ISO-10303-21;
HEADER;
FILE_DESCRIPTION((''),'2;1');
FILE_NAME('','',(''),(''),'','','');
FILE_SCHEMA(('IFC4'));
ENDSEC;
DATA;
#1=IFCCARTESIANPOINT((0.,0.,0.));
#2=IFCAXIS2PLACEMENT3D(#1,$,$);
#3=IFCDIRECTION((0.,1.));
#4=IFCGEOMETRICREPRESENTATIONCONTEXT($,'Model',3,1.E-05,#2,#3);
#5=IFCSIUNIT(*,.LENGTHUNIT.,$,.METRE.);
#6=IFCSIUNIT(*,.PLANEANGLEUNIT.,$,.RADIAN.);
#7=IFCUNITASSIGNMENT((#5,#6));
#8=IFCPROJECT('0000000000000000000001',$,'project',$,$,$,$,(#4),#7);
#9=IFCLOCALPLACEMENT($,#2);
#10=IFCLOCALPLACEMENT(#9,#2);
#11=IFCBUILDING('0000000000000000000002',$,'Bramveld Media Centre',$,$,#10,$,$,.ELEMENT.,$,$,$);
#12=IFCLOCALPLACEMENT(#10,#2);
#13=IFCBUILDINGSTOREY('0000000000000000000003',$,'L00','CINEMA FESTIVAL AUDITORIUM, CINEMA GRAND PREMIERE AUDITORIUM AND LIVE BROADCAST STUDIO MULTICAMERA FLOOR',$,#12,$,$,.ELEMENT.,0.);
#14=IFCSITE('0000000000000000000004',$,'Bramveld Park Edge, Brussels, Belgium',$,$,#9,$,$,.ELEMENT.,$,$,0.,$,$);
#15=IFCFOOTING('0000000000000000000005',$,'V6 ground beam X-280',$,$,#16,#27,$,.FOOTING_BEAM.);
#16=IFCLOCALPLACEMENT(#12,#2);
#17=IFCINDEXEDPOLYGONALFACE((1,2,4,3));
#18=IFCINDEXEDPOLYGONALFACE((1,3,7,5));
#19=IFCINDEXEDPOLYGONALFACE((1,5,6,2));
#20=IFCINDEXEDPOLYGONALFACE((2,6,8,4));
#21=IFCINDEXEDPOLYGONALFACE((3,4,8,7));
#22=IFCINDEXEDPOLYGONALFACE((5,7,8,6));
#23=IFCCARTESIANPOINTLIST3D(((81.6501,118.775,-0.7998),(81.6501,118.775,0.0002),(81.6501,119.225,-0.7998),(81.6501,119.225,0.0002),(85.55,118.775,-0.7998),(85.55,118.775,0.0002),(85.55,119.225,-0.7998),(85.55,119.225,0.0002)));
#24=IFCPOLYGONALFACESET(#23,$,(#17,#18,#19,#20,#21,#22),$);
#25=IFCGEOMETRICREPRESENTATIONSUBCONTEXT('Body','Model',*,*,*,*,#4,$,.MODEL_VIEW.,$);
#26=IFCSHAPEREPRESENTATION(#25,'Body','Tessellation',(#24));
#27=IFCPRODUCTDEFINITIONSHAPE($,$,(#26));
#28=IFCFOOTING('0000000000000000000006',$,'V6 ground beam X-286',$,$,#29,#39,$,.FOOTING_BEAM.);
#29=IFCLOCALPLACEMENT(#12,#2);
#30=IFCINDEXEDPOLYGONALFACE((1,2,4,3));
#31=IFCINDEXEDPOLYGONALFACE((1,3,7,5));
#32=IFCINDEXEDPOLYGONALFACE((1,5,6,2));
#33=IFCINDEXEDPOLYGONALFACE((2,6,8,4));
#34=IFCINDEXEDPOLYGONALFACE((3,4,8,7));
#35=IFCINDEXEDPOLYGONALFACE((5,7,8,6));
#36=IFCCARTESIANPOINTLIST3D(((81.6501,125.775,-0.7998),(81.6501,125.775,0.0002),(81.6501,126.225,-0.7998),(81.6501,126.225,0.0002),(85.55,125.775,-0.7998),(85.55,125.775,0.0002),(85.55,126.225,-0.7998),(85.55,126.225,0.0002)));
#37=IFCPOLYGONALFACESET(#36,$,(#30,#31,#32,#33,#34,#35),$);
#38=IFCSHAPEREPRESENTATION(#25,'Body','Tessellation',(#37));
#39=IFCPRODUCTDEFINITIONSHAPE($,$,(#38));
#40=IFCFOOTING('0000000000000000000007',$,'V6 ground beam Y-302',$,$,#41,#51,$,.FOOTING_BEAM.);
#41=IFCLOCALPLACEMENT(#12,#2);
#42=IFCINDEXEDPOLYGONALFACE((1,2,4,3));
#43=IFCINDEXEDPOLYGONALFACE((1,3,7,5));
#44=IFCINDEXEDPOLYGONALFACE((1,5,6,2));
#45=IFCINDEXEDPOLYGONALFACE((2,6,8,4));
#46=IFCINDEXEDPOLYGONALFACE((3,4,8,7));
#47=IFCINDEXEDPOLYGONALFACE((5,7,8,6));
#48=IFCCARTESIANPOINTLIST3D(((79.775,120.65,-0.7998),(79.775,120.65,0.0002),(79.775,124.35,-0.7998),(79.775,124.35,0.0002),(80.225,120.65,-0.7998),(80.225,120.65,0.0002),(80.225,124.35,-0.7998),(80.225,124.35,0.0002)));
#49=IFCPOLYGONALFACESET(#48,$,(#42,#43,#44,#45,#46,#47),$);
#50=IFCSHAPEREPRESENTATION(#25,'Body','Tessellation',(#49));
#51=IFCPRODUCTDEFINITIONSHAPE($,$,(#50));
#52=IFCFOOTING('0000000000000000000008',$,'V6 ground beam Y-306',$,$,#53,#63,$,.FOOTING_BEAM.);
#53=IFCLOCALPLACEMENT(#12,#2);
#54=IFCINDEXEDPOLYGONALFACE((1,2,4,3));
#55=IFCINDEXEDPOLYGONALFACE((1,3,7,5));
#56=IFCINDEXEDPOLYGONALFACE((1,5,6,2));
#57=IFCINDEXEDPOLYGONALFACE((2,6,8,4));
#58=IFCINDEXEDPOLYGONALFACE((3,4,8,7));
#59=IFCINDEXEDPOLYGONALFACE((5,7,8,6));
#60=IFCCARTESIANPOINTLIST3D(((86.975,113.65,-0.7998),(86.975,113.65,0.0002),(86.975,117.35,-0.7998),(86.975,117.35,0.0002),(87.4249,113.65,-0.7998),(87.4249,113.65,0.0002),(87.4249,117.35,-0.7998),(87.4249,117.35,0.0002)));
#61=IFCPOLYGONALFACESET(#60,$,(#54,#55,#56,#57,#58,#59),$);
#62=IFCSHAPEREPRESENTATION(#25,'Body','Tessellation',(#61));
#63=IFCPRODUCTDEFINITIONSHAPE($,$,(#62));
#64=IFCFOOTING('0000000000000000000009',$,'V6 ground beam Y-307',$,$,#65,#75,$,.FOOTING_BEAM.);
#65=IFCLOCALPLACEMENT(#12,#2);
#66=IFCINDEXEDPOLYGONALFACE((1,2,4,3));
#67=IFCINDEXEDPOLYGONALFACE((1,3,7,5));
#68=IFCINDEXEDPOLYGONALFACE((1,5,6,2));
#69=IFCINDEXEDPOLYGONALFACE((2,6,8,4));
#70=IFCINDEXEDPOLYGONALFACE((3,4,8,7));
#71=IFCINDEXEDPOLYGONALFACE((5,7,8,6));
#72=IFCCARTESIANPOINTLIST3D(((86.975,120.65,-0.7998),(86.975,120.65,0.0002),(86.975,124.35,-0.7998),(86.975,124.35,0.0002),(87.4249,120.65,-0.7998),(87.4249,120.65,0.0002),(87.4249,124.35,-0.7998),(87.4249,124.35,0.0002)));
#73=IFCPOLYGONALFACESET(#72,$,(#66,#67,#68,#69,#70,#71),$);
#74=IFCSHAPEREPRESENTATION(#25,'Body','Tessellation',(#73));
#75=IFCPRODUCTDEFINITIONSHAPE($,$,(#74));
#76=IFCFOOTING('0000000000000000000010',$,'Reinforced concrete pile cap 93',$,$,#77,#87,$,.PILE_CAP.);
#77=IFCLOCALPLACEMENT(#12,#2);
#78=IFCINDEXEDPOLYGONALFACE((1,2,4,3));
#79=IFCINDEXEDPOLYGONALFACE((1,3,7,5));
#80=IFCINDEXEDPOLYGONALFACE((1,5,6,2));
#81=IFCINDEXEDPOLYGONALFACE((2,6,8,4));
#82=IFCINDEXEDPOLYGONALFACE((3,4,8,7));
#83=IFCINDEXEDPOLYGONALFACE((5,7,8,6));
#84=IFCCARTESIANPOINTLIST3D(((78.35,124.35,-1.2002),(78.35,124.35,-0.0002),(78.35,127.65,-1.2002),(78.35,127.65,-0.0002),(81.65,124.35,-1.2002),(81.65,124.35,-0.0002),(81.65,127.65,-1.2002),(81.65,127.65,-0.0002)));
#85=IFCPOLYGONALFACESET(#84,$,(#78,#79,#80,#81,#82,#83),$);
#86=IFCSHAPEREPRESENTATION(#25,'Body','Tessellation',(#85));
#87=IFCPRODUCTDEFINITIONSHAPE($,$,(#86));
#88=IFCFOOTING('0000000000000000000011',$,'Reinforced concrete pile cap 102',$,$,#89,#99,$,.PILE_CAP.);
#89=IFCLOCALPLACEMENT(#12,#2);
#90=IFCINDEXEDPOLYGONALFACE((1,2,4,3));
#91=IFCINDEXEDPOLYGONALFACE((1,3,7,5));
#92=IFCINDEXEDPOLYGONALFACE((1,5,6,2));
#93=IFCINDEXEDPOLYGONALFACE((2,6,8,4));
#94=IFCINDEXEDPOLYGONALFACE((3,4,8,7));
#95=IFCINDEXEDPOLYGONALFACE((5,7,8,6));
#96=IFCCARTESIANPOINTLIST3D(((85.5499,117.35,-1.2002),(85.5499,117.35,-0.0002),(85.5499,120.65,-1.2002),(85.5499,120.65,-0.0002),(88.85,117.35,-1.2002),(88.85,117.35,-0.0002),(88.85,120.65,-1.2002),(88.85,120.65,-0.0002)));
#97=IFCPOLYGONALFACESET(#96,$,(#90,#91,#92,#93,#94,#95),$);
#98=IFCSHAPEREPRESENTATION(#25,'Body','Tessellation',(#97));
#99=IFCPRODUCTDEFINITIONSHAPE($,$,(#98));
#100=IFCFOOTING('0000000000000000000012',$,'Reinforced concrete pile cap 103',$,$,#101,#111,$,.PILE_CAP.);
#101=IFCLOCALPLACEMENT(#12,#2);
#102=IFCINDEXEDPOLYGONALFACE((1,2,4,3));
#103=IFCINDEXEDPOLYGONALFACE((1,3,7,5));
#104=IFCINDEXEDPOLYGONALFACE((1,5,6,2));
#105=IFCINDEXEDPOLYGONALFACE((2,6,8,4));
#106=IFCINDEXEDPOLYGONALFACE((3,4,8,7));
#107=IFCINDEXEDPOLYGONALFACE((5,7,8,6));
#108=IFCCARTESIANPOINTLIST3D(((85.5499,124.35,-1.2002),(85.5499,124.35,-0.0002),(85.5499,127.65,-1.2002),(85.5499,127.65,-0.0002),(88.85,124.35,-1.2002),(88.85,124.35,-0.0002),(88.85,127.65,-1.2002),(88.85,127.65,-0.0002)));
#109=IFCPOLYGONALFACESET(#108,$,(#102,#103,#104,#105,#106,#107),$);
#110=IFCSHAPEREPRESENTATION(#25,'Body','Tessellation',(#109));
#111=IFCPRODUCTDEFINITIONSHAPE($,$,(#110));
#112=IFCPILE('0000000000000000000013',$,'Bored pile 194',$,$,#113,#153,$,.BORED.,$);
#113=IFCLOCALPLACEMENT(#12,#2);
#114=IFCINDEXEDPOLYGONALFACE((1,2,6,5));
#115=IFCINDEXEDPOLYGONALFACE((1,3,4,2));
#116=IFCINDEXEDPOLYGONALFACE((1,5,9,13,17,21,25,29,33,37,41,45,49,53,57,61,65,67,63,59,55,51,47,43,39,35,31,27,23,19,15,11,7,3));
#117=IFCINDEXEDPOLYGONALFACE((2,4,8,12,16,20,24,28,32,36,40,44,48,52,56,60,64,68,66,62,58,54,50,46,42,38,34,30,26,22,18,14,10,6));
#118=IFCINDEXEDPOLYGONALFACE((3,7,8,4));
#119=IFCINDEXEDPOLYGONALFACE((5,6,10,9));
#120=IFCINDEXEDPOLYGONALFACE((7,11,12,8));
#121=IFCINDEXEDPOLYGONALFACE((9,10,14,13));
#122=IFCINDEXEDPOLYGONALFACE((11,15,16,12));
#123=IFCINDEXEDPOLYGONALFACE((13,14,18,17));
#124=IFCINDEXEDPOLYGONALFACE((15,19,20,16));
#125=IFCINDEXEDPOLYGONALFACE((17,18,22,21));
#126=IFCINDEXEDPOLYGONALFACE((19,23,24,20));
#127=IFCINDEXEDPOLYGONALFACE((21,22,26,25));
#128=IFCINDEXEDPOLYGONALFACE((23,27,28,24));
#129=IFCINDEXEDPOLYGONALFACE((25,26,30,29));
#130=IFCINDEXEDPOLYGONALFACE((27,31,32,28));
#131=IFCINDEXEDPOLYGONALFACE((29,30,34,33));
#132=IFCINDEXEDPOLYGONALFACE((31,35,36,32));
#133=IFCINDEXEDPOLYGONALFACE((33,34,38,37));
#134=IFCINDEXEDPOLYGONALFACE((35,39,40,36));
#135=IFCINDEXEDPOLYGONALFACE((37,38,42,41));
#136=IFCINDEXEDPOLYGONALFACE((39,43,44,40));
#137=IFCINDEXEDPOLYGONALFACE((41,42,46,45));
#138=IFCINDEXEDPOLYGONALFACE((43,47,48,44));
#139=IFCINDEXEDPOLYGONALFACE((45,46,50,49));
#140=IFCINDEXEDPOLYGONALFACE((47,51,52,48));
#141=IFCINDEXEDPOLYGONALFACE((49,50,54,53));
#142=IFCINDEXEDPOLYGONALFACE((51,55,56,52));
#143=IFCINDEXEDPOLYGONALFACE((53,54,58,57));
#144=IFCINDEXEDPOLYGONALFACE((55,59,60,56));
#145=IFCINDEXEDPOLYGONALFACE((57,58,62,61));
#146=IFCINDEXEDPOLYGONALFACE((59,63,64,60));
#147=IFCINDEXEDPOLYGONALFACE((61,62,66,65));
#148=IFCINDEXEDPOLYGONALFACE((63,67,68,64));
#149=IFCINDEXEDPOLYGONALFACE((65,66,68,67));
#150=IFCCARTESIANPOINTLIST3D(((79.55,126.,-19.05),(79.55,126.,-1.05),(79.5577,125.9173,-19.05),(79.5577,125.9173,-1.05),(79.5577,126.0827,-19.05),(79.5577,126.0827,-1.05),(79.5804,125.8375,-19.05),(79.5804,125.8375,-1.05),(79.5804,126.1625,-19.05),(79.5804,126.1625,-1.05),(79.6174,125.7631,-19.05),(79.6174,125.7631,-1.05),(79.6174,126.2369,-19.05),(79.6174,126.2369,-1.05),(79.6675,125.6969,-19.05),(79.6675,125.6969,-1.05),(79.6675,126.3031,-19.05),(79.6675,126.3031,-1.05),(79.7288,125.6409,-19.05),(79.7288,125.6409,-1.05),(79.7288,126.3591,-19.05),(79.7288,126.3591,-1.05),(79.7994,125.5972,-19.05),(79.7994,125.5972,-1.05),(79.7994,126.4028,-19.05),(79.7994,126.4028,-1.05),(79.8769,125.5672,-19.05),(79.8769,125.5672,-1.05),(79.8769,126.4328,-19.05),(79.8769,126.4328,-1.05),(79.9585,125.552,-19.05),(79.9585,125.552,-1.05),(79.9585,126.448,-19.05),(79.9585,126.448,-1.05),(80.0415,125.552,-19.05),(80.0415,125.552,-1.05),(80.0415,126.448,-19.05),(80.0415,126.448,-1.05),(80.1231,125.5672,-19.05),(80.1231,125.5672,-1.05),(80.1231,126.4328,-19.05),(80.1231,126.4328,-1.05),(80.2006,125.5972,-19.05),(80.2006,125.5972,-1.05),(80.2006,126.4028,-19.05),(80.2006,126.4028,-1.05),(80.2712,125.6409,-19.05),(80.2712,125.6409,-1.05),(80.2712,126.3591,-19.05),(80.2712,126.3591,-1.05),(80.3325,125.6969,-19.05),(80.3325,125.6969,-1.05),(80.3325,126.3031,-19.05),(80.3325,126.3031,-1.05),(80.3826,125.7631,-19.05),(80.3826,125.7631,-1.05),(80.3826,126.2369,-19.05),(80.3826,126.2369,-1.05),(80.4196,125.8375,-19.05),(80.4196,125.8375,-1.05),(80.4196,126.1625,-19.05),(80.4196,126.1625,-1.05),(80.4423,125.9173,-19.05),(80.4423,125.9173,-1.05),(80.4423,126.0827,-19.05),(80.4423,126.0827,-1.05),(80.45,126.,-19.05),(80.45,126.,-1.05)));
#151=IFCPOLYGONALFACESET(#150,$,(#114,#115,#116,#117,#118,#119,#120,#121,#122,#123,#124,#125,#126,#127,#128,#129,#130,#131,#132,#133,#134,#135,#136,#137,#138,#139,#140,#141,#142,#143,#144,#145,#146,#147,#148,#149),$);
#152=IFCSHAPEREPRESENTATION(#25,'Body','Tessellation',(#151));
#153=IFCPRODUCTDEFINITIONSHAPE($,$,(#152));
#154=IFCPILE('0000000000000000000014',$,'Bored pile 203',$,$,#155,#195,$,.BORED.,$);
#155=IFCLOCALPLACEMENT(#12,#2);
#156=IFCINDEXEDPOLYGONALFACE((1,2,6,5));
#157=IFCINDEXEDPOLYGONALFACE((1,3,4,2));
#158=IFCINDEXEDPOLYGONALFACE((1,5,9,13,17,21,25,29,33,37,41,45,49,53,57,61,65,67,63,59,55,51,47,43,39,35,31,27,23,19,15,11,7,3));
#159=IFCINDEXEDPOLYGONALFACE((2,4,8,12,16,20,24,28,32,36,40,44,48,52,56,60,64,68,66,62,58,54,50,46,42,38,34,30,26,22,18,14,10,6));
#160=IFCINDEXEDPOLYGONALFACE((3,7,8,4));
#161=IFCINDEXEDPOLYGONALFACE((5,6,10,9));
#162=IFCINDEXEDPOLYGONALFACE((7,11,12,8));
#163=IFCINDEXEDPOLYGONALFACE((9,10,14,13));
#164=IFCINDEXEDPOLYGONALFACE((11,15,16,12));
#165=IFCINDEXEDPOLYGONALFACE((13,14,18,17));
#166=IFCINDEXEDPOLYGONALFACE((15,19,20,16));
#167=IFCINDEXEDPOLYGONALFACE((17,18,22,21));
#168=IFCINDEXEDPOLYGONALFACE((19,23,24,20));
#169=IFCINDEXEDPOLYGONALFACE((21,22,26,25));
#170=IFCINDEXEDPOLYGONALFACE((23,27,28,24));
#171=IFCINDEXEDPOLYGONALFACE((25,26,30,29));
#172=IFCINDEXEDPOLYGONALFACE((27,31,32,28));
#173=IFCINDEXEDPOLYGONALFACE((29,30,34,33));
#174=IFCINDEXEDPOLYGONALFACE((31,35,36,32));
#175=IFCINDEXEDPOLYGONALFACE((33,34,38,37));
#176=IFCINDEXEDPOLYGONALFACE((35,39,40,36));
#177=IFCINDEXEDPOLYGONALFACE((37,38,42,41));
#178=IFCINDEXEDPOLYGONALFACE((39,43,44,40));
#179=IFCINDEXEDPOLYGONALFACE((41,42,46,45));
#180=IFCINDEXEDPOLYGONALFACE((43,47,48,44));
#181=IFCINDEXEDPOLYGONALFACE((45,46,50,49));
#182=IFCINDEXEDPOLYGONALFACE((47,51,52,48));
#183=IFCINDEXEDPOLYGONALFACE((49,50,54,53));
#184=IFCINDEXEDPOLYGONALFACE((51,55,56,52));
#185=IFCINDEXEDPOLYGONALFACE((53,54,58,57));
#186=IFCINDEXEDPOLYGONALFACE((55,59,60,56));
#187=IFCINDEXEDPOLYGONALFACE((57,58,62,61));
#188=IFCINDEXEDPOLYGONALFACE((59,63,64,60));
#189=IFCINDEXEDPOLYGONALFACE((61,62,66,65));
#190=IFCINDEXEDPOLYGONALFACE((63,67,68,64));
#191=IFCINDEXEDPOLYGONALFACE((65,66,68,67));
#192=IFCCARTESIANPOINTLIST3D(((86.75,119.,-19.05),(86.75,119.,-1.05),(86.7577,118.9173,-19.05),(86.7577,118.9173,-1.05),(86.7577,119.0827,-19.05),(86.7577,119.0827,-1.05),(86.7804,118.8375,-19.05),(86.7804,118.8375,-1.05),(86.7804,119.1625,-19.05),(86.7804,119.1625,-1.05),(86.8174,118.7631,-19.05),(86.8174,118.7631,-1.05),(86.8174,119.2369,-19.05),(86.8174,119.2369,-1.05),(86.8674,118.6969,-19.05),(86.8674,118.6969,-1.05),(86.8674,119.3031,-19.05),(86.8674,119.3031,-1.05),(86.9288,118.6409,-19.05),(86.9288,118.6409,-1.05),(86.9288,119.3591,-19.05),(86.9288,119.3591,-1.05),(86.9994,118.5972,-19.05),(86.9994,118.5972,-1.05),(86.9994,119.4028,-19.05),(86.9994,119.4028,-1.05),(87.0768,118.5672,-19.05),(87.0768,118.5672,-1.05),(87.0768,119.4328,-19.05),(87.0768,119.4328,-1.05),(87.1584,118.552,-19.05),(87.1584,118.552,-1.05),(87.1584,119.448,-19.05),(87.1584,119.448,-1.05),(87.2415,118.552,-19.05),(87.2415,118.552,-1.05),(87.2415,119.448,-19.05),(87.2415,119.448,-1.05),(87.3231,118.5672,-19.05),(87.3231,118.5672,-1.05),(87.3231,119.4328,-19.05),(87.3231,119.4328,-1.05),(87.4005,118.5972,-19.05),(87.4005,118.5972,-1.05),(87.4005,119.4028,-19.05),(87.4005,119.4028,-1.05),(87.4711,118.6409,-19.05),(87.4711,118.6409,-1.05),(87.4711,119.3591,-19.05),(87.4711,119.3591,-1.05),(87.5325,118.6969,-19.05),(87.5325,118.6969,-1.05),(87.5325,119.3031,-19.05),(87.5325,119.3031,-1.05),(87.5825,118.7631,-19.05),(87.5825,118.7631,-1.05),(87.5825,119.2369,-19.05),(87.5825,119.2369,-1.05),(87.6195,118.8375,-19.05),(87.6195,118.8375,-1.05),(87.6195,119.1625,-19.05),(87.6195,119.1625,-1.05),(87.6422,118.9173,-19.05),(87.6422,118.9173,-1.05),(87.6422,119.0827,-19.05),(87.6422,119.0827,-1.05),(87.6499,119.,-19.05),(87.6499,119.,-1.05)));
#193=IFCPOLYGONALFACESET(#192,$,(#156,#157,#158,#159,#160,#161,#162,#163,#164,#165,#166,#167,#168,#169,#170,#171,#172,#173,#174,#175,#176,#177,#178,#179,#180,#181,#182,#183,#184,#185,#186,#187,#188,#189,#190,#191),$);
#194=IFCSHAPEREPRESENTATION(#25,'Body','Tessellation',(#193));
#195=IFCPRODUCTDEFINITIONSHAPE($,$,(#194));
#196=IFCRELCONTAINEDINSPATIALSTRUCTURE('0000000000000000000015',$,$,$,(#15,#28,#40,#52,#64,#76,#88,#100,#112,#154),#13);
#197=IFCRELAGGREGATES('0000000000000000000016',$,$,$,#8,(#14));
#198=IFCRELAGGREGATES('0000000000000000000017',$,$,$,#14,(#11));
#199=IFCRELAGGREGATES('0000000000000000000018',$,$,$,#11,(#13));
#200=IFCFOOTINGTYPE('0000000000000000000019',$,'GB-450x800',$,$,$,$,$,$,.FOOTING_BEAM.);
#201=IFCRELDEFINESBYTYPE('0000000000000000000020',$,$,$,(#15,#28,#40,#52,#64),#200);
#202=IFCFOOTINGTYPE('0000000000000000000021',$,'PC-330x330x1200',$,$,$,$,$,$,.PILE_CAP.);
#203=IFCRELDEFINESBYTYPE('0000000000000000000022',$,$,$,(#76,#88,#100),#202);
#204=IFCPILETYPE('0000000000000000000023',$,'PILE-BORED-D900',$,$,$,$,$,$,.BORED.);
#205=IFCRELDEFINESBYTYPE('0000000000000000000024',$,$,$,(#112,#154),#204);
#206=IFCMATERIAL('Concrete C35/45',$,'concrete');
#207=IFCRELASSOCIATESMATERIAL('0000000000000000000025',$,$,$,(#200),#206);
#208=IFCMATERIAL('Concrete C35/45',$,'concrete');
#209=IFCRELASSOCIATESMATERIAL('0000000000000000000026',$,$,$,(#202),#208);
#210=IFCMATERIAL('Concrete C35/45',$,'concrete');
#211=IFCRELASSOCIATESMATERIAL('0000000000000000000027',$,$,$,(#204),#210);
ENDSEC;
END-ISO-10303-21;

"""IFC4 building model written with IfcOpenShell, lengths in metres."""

from ifc_helpers import new_model, si_unit, direction, frame, origin, origin_2d, place, context, subcontext, project, spatial, rectangle, circle, extrude, material, material_profile, profile_set, type_object, element, save


model = new_model("IFC4")

# Units and contexts
model_context = context("Model", 3, precision=1e-05, world=origin(), true_north=direction((0.0, 1.0)))
body_context = subcontext(model_context, "Body", "Model", "MODEL_VIEW")
ifc_project = project(units=[si_unit("LENGTHUNIT", "METRE"), si_unit("PLANEANGLEUNIT", "RADIAN")], contexts=[model_context])

# Site, building, storey
site_placement = place(None, origin())
site = spatial("IfcSite", under=ifc_project, at=site_placement, Name="Bramveld Park Edge, Brussels, Belgium", CompositionType="ELEMENT", RefElevation=0.0)
building_placement = place(site_placement, origin())
building = spatial("IfcBuilding", under=site, at=building_placement, Name="Bramveld Media Centre", CompositionType="ELEMENT")
storey_placement = place(building_placement, origin())
storey = spatial("IfcBuildingStorey", under=building, at=storey_placement, Name="L00", Description="CINEMA FESTIVAL AUDITORIUM, CINEMA GRAND PREMIERE AUDITORIUM AND LIVE BROADCAST STUDIO MULTICAMERA FLOOR", CompositionType="ELEMENT", Elevation=0.0)

# Footings
ifc_material_1 = material(Name="Concrete C35/45", Category="concrete")
footing_type_1 = type_object("IfcFootingType", Name="GB-450x800", PredefinedType="FOOTING_BEAM", material=ifc_material_1)
for number, where, z_axis, x_axis, name in (
    (1, (83.6001, 119.0, -0.7998), (0.0, 0.0, 1.0), (1.0, 0.0, 0.0), "V6 ground beam X-280"),
    (2, (83.6001, 126.0, -0.7998), (0.0, 0.0, 1.0), (1.0, 0.0, 0.0), "V6 ground beam X-286"),
):
    element("IfcFooting", number, at=place(storey_placement, frame(where, z_axis=z_axis, x_axis=x_axis)), inside=storey, type_object=footing_type_1, Name=name, PredefinedType="FOOTING_BEAM", context=body_context, shape_type="SweptSolid", body=[
        extrude(rectangle(XDim=3.8999, YDim=0.45, at=origin_2d()), origin(), (0.0, 0.0, 1.0), 0.8),
    ])
for number, where, z_axis, x_axis, name in (
    (3, (80.0, 122.5, -0.7998), (0.0, 0.0, 1.0), (1.0, 0.0, 0.0), "V6 ground beam Y-302"),
    (4, (87.2, 115.5, -0.7998), (0.0, 0.0, 1.0), (1.0, 0.0, 0.0), "V6 ground beam Y-306"),
    (5, (87.2, 122.5, -0.7998), (0.0, 0.0, 1.0), (1.0, 0.0, 0.0), "V6 ground beam Y-307"),
):
    element("IfcFooting", number, at=place(storey_placement, frame(where, z_axis=z_axis, x_axis=x_axis)), inside=storey, type_object=footing_type_1, Name=name, PredefinedType="FOOTING_BEAM", context=body_context, shape_type="SweptSolid", body=[
        extrude(rectangle(XDim=0.45, YDim=3.7, at=origin_2d()), origin(), (0.0, 0.0, 1.0), 0.8),
    ])
ifc_material_2 = material(Name="Concrete C35/45", Category="concrete")
footing_type_2 = type_object("IfcFootingType", Name="PC-330x330x1200", PredefinedType="PILE_CAP", material=ifc_material_2)
for number, where, z_axis, x_axis, name in (
    (6, (80.0, 126.0, -1.2002), (0.0, 0.0, 1.0), (1.0, 0.0, 0.0), "Reinforced concrete pile cap 93"),
    (7, (87.2, 119.0, -1.2002), (0.0, 0.0, 1.0), (1.0, 0.0, 0.0), "Reinforced concrete pile cap 102"),
    (8, (87.2, 126.0, -1.2002), (0.0, 0.0, 1.0), (1.0, 0.0, 0.0), "Reinforced concrete pile cap 103"),
):
    element("IfcFooting", number, at=place(storey_placement, frame(where, z_axis=z_axis, x_axis=x_axis)), inside=storey, type_object=footing_type_2, Name=name, PredefinedType="PILE_CAP", context=body_context, shape_type="SweptSolid", body=[
        extrude(rectangle(XDim=3.3, YDim=3.3, at=origin_2d()), origin(), (0.0, 0.0, 1.0), 1.2),
    ])

# Piles
ifc_material_3 = material(Name="Concrete C35/45", Category="concrete")
ifc_material_profile_1 = material_profile(ifc_material_3, circle(Radius=0.45, at=origin_2d()), Name="BORED D900")
ifc_profile_set_1 = profile_set([ifc_material_profile_1], Name="Concrete C35/45")
pile_type = type_object("IfcPileType", Name="PILE-BORED-D900", PredefinedType="BORED", material=ifc_profile_set_1)
for number, where, z_axis, x_axis, name in (
    (9, (80.0, 126.0, -1.05), (0.0, 0.0, -1.0), (1.0, 0.0, 0.0), "Bored pile 194"),
    (10, (87.2, 119.0, -1.05), (0.0, 0.0, -1.0), (1.0, 0.0, 0.0), "Bored pile 203"),
):
    element("IfcPile", number, at=place(storey_placement, frame(where, z_axis=z_axis, x_axis=x_axis)), inside=storey, type_object=pile_type, Name=name, PredefinedType="BORED", context=body_context, shape_type="SweptSolid", body=[
        extrude(circle(Radius=0.45, at=origin_2d()), origin(), (0.0, 0.0, 1.0), 18.0),
    ])

save(model, "model.ifc")
